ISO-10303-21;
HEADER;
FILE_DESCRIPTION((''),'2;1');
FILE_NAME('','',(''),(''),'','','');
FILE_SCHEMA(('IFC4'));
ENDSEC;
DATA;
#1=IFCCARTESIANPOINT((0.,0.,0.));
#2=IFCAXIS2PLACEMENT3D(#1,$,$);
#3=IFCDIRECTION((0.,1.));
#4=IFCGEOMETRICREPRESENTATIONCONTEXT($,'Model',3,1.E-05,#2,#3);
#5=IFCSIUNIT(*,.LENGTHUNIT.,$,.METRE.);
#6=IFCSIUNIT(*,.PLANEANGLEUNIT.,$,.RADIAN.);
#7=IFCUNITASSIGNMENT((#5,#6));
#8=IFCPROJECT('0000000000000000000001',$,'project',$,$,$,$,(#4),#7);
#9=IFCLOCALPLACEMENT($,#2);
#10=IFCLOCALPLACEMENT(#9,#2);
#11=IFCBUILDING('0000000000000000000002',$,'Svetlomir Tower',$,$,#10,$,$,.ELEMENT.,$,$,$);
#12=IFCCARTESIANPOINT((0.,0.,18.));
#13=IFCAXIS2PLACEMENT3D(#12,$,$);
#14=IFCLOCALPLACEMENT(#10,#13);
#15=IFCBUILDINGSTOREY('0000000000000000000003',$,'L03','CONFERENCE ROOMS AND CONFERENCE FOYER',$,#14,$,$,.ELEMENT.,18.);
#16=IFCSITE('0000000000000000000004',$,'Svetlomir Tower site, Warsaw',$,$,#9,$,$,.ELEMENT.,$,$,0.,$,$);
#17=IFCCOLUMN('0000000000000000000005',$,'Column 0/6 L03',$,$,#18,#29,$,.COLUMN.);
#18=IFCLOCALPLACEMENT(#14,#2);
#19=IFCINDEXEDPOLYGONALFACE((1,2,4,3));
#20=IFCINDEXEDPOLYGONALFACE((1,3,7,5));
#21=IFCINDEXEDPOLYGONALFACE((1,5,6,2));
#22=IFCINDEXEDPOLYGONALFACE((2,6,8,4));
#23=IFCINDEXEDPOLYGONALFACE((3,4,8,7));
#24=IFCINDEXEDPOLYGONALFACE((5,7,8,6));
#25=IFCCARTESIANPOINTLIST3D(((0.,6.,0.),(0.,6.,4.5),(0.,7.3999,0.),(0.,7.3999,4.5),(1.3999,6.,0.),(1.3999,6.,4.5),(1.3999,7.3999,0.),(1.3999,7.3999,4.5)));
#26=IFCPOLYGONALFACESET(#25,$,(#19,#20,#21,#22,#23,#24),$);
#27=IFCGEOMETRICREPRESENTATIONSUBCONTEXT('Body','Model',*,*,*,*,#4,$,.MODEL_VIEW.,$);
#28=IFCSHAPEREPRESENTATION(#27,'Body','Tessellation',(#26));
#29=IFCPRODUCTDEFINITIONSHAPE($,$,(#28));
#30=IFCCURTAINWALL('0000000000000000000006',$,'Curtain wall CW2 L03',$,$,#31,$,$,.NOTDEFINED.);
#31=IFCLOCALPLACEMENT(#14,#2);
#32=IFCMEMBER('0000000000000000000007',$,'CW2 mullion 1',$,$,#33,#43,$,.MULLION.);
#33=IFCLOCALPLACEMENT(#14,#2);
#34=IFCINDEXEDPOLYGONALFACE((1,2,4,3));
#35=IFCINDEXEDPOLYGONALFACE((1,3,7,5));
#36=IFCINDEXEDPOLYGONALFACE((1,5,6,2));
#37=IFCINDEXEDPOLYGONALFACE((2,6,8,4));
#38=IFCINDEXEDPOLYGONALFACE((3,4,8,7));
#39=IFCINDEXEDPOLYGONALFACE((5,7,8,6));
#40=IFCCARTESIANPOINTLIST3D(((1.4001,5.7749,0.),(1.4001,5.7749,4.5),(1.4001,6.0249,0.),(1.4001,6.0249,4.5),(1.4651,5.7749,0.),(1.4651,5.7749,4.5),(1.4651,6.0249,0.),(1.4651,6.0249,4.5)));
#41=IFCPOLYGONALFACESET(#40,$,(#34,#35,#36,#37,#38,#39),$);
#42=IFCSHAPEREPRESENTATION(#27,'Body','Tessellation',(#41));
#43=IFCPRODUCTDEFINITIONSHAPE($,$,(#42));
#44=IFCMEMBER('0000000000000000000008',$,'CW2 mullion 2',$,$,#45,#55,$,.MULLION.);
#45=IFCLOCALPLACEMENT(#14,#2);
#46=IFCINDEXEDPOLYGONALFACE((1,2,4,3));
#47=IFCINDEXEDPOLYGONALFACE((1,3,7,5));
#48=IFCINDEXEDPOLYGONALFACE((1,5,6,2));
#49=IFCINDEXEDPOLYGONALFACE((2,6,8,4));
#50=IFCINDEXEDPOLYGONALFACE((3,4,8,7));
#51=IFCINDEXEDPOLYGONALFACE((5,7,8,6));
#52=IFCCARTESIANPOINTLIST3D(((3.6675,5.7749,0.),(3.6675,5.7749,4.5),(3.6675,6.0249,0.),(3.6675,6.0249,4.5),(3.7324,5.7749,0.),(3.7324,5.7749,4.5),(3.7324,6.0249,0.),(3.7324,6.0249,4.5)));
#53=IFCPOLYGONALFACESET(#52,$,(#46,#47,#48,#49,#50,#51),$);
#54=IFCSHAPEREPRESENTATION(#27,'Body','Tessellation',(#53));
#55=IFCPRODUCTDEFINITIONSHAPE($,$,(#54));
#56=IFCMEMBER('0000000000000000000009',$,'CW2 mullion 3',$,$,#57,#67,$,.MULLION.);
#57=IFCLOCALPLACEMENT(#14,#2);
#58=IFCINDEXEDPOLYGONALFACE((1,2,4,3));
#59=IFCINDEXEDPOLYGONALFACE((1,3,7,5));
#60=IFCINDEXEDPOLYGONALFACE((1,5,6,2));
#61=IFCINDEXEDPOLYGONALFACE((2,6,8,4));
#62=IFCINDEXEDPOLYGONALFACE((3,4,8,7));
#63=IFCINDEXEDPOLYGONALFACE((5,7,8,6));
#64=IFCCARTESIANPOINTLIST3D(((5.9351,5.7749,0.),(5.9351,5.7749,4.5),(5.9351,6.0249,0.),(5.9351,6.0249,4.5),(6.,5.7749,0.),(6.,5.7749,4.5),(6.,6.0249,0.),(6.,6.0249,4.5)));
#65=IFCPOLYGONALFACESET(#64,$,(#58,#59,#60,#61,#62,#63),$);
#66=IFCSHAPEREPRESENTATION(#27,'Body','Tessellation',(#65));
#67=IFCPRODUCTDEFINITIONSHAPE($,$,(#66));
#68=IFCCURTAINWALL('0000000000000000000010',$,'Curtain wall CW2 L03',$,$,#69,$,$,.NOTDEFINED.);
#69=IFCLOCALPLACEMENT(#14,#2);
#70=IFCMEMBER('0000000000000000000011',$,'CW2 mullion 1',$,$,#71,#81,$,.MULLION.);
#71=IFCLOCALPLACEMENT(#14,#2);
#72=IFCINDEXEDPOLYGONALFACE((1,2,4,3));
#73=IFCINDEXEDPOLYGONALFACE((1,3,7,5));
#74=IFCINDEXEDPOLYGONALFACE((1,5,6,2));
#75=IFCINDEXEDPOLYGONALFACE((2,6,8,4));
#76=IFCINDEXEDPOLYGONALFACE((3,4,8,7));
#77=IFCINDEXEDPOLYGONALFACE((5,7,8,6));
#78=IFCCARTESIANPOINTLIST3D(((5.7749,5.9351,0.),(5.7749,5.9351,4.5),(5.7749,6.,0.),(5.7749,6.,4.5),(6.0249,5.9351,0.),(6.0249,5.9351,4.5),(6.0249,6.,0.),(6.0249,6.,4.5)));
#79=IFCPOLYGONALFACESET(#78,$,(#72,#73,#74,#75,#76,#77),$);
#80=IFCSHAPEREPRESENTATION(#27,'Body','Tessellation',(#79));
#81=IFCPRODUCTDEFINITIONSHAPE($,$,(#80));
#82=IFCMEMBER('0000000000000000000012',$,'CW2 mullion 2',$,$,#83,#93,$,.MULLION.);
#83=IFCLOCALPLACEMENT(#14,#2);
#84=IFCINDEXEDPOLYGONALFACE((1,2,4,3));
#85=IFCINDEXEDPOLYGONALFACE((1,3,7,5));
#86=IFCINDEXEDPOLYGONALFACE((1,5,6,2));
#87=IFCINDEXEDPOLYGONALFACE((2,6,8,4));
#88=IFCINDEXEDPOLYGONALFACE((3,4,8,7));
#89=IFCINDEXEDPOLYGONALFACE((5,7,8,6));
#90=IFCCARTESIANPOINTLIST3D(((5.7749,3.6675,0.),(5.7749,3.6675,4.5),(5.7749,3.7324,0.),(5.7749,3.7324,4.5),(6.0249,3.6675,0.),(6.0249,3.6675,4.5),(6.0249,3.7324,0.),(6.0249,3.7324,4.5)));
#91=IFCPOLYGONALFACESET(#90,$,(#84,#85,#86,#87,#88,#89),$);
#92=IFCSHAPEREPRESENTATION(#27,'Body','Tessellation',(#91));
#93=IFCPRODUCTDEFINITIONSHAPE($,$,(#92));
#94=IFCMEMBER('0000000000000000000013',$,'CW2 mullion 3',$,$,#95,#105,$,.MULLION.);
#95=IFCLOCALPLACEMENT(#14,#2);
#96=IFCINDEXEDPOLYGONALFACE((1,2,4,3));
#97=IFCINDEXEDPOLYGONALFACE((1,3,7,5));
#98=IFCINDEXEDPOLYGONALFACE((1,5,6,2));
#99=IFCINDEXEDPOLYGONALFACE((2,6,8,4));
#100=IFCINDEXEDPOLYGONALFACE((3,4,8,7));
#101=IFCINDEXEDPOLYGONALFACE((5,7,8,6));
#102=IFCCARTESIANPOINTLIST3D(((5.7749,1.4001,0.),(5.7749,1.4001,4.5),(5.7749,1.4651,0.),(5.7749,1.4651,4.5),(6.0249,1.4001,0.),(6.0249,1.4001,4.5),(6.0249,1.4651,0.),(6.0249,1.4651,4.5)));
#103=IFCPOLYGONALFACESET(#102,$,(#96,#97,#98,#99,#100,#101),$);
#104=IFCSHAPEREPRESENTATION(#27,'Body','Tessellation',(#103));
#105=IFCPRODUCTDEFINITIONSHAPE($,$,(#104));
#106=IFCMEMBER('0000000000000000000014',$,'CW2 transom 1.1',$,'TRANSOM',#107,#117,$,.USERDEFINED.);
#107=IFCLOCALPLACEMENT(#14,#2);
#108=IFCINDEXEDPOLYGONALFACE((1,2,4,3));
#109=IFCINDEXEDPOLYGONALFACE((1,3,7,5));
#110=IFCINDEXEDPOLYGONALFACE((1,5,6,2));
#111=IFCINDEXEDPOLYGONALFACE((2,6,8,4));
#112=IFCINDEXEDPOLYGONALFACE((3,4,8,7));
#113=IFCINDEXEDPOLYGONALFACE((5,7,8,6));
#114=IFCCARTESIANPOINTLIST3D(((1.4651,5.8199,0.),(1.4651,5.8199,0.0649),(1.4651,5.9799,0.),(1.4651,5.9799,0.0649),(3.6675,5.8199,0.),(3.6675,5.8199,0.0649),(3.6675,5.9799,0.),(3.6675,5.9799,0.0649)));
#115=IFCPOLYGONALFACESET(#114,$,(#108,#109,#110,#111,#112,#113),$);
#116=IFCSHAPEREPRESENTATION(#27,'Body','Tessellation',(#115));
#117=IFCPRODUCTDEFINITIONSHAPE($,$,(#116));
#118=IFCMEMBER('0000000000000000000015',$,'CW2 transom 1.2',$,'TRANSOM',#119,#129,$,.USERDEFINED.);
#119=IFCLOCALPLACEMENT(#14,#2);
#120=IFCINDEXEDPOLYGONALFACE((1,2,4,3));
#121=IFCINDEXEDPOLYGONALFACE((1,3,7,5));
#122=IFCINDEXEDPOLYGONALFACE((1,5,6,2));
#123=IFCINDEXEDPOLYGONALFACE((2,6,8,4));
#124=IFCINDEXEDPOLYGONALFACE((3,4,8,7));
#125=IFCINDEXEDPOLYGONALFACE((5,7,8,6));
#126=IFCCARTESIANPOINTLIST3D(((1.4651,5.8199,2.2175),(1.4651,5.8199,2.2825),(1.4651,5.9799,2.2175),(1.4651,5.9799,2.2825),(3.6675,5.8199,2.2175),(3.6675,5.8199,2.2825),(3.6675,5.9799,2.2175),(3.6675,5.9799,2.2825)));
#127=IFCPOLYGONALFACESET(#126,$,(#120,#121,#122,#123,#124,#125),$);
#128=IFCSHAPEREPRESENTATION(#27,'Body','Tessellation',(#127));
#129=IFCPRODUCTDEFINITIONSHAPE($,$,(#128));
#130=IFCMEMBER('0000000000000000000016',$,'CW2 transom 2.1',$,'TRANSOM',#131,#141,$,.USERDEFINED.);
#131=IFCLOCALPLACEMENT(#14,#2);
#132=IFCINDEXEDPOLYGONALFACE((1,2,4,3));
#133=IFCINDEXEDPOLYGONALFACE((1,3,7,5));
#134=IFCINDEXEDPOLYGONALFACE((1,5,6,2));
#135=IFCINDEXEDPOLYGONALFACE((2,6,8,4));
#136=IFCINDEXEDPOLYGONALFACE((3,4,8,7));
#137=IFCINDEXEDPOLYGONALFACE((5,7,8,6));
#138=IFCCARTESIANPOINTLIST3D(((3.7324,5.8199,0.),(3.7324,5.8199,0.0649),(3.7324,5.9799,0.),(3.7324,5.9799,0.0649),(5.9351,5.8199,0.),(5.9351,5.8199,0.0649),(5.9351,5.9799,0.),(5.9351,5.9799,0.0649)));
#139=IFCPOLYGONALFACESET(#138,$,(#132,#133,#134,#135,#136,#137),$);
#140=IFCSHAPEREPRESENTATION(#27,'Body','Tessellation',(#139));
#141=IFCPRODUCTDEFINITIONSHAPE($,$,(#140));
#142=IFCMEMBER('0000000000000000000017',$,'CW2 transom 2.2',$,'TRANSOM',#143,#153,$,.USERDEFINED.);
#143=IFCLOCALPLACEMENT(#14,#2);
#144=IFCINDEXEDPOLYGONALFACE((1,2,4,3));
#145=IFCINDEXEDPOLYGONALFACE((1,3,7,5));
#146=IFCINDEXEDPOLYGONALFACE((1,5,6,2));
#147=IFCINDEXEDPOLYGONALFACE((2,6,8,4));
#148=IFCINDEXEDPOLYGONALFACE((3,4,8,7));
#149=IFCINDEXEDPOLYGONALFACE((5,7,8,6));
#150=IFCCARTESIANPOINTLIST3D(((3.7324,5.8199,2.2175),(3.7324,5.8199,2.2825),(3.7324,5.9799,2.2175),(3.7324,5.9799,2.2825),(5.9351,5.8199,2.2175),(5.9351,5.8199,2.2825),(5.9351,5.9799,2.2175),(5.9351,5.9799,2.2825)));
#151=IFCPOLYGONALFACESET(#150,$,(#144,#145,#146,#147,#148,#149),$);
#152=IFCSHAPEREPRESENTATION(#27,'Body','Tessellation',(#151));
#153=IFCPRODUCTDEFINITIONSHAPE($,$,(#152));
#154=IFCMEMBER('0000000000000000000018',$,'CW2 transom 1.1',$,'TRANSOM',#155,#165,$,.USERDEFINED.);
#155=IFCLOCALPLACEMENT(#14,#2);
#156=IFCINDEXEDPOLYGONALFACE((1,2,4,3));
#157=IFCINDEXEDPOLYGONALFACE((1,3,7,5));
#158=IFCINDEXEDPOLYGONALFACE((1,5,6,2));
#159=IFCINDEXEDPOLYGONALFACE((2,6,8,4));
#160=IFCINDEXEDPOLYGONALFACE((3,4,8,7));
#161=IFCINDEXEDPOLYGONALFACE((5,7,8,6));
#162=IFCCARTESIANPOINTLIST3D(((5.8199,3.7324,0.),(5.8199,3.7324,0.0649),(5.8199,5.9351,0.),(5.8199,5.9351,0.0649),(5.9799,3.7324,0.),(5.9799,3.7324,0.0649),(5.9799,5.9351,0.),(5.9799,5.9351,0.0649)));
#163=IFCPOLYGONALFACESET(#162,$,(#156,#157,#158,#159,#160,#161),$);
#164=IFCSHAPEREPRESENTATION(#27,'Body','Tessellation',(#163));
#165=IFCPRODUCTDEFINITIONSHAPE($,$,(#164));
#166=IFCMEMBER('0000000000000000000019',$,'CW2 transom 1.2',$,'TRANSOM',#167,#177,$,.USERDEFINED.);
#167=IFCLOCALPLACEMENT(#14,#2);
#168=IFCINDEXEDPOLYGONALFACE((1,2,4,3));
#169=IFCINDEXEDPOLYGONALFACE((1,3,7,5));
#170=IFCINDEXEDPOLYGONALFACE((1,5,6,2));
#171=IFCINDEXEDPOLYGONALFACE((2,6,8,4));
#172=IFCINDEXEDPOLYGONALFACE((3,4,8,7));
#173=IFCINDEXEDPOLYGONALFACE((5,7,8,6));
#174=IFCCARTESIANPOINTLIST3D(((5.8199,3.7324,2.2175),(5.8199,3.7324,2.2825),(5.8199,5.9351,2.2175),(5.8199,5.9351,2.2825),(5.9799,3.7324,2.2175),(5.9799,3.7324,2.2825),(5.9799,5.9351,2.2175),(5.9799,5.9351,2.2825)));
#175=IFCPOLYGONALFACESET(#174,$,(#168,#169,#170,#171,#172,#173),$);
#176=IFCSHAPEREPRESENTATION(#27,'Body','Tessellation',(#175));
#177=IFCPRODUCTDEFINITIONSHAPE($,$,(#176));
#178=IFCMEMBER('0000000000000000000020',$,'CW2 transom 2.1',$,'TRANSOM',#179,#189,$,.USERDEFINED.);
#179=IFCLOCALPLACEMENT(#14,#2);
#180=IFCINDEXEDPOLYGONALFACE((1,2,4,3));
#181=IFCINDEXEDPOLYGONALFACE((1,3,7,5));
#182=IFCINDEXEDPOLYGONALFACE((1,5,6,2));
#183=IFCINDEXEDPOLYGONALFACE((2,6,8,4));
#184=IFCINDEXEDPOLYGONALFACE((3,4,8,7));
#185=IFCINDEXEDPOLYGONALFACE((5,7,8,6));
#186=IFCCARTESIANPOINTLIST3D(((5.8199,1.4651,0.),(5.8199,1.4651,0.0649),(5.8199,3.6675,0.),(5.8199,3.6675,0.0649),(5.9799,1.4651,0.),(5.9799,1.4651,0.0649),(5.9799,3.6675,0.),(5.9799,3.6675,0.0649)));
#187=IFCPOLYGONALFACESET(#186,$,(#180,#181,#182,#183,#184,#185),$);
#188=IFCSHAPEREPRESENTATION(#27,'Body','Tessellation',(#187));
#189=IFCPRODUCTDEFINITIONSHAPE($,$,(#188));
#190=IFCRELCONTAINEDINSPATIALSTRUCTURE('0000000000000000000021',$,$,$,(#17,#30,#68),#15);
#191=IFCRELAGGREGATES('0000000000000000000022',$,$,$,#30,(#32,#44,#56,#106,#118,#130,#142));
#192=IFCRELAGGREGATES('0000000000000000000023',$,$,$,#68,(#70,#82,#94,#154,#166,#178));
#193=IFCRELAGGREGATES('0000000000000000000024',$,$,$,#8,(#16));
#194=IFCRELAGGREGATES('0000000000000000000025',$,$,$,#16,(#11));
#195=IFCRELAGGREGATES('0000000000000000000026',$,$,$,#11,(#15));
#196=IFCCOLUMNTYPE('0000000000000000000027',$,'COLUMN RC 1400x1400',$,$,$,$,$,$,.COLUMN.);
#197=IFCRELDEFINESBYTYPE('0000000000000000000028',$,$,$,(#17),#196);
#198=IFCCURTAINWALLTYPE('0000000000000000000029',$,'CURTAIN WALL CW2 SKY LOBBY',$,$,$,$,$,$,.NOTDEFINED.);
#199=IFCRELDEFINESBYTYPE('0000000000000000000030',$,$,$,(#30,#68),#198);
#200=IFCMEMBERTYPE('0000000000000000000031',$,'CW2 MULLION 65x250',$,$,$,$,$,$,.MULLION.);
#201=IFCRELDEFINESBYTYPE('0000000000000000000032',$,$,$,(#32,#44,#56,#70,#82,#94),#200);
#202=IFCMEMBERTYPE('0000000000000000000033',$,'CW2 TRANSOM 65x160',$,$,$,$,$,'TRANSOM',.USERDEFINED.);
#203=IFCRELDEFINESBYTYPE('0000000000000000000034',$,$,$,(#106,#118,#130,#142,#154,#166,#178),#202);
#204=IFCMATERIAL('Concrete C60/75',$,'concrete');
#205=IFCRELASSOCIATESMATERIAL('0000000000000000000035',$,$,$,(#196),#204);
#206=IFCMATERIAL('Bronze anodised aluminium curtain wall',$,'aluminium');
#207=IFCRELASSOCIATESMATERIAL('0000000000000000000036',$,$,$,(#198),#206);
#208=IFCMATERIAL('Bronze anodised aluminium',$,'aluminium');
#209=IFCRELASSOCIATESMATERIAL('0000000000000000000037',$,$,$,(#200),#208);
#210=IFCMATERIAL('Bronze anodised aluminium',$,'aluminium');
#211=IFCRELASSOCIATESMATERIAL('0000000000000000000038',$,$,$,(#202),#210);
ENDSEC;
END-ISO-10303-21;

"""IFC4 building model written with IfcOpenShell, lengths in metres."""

from ifc_helpers import new_model, si_unit, direction, frame, origin, origin_2d, place, context, subcontext, project, spatial, rectangle, extrude, material, material_profile, profile_set, type_object, element, aggregate, save


model = new_model("IFC4")

# Units and contexts
model_context = context("Model", 3, precision=1e-05, world=origin(), true_north=direction((0.0, 1.0)))
body_context = subcontext(model_context, "Body", "Model", "MODEL_VIEW")
ifc_project = project(units=[si_unit("LENGTHUNIT", "METRE"), si_unit("PLANEANGLEUNIT", "RADIAN")], contexts=[model_context])

# Site, building, storey
site_placement = place(None, origin())
site = spatial("IfcSite", under=ifc_project, at=site_placement, Name="Svetlomir Tower site, Warsaw", CompositionType="ELEMENT", RefElevation=0.0)
building_placement = place(site_placement, origin())
building = spatial("IfcBuilding", under=site, at=building_placement, Name="Svetlomir Tower", CompositionType="ELEMENT")
storey_placement = place(building_placement, frame((0.0, 0.0, 18.0)))
storey = spatial("IfcBuildingStorey", under=building, at=storey_placement, Name="L03", Description="CONFERENCE ROOMS AND CONFERENCE FOYER", CompositionType="ELEMENT", Elevation=18.0)

# Column
ifc_material_1 = material(Name="Concrete C60/75", Category="concrete")
ifc_material_profile_1 = material_profile(ifc_material_1, rectangle(XDim=1.3999, YDim=1.3999, at=origin_2d()), Name="RC 1400x1400")
ifc_profile_set_1 = profile_set([ifc_material_profile_1], Name="Concrete C60/75")
column_type = type_object("IfcColumnType", Name="COLUMN RC 1400x1400", PredefinedType="COLUMN", material=ifc_profile_set_1)
column_placement = place(storey_placement, frame((0.7, 6.7, 0.0), z_axis=(0.0, 0.0, 1.0), x_axis=(1.0, 0.0, 0.0)))
element("IfcColumn", 1, at=column_placement, inside=storey, type_object=column_type, Name="Column 0/6 L03", PredefinedType="COLUMN", context=body_context, shape_type="SweptSolid", body=[
    extrude(rectangle(XDim=1.3999, YDim=1.3999, at=origin_2d()), origin(), (0.0, 0.0, 1.0), 4.5),
])

# Curtain walls, members
ifc_material_2 = material(Name="Bronze anodised aluminium curtain wall", Category="aluminium")
curtain_wall_type = type_object("IfcCurtainWallType", Name="CURTAIN WALL CW2 SKY LOBBY", PredefinedType="NOTDEFINED", material=ifc_material_2)
curtain_wall_1_placement = place(storey_placement, origin())
curtain_wall_1 = element("IfcCurtainWall", 2, at=curtain_wall_1_placement, inside=storey, type_object=curtain_wall_type, Name="Curtain wall CW2 L03", PredefinedType="NOTDEFINED")
ifc_material_3 = material(Name="Bronze anodised aluminium", Category="aluminium")
ifc_material_profile_2 = material_profile(ifc_material_3, rectangle(XDim=0.0649, YDim=0.25, at=origin_2d()), Name="AL 65x250")
ifc_profile_set_2 = profile_set([ifc_material_profile_2], Name="Bronze anodised aluminium 6063-T6")
member_type_1 = type_object("IfcMemberType", Name="CW2 MULLION 65x250", PredefinedType="MULLION", material=ifc_profile_set_2)
member_1_placement = place(storey_placement, frame((1.4326, 5.8999, 0.0), z_axis=(0.0, 0.0, 1.0), x_axis=(1.0, 0.0, 0.0)))
member_1 = element("IfcMember", 3, at=member_1_placement, type_object=member_type_1, Name="CW2 mullion 1", PredefinedType="MULLION", context=body_context, shape_type="SweptSolid", body=[
    extrude(rectangle(XDim=0.0649, YDim=0.25, at=origin_2d()), origin(), (0.0, 0.0, 1.0), 4.5),
])
member_2_placement = place(storey_placement, frame((3.7, 5.8999, 0.0), z_axis=(0.0, 0.0, 1.0), x_axis=(1.0, 0.0, 0.0)))
member_2 = element("IfcMember", 4, at=member_2_placement, type_object=member_type_1, Name="CW2 mullion 2", PredefinedType="MULLION", context=body_context, shape_type="SweptSolid", body=[
    extrude(rectangle(XDim=0.0649, YDim=0.25, at=origin_2d()), origin(), (0.0, 0.0, 1.0), 4.5),
])
member_3_placement = place(storey_placement, frame((5.9675, 5.8999, 0.0), z_axis=(0.0, 0.0, 1.0), x_axis=(1.0, 0.0, 0.0)))
member_3 = element("IfcMember", 5, at=member_3_placement, type_object=member_type_1, Name="CW2 mullion 3", PredefinedType="MULLION", context=body_context, shape_type="SweptSolid", body=[
    extrude(rectangle(XDim=0.0649, YDim=0.25, at=origin_2d()), origin(), (0.0, 0.0, 1.0), 4.5),
])
curtain_wall_2_placement = place(storey_placement, origin())
curtain_wall_2 = element("IfcCurtainWall", 6, at=curtain_wall_2_placement, inside=storey, type_object=curtain_wall_type, Name="Curtain wall CW2 L03", PredefinedType="NOTDEFINED")
member_4_placement = place(storey_placement, frame((5.8999, 5.9675, 0.0), z_axis=(0.0, 0.0, 1.0), x_axis=(0.0, -1.0, 0.0)))
member_4 = element("IfcMember", 7, at=member_4_placement, type_object=member_type_1, Name="CW2 mullion 1", PredefinedType="MULLION", context=body_context, shape_type="SweptSolid", body=[
    extrude(rectangle(XDim=0.0649, YDim=0.25, at=origin_2d()), origin(), (0.0, 0.0, 1.0), 4.5),
])
member_5_placement = place(storey_placement, frame((5.8999, 3.7, 0.0), z_axis=(0.0, 0.0, 1.0), x_axis=(0.0, -1.0, 0.0)))
member_5 = element("IfcMember", 8, at=member_5_placement, type_object=member_type_1, Name="CW2 mullion 2", PredefinedType="MULLION", context=body_context, shape_type="SweptSolid", body=[
    extrude(rectangle(XDim=0.0649, YDim=0.25, at=origin_2d()), origin(), (0.0, 0.0, 1.0), 4.5),
])
member_6_placement = place(storey_placement, frame((5.8999, 1.4326, 0.0), z_axis=(0.0, 0.0, 1.0), x_axis=(0.0, -1.0, 0.0)))
member_6 = element("IfcMember", 9, at=member_6_placement, type_object=member_type_1, Name="CW2 mullion 3", PredefinedType="MULLION", context=body_context, shape_type="SweptSolid", body=[
    extrude(rectangle(XDim=0.0649, YDim=0.25, at=origin_2d()), origin(), (0.0, 0.0, 1.0), 4.5),
])

# Members
ifc_material_4 = material(Name="Bronze anodised aluminium", Category="aluminium")
ifc_material_profile_3 = material_profile(ifc_material_4, rectangle(XDim=0.1599, YDim=0.0649, at=origin_2d()), Name="AL 160x65")
ifc_profile_set_3 = profile_set([ifc_material_profile_3], Name="Bronze anodised aluminium 6063-T6")
member_type_2 = type_object("IfcMemberType", Name="CW2 TRANSOM 65x160", ElementType="TRANSOM", PredefinedType="USERDEFINED", material=ifc_profile_set_3)
member_7_placement = place(storey_placement, frame((1.4651, 5.8999, 0.0325), z_axis=(1.0, 0.0, 0.0), x_axis=(0.0, 1.0, 0.0)))
member_7 = element("IfcMember", 10, at=member_7_placement, type_object=member_type_2, Name="CW2 transom 1.1", ObjectType="TRANSOM", PredefinedType="USERDEFINED", context=body_context, shape_type="SweptSolid", body=[
    extrude(rectangle(XDim=0.1599, YDim=0.0649, at=origin_2d()), origin(), (0.0, 0.0, 1.0), 2.2024),
])
member_8_placement = place(storey_placement, frame((1.4651, 5.8999, 2.25), z_axis=(1.0, 0.0, 0.0), x_axis=(0.0, 1.0, 0.0)))
member_8 = element("IfcMember", 11, at=member_8_placement, type_object=member_type_2, Name="CW2 transom 1.2", ObjectType="TRANSOM", PredefinedType="USERDEFINED", context=body_context, shape_type="SweptSolid", body=[
    extrude(rectangle(XDim=0.1599, YDim=0.0649, at=origin_2d()), origin(), (0.0, 0.0, 1.0), 2.2024),
])
member_9_placement = place(storey_placement, frame((3.7324, 5.8999, 0.0325), z_axis=(1.0, 0.0, 0.0), x_axis=(0.0, 1.0, 0.0)))
member_9 = element("IfcMember", 12, at=member_9_placement, type_object=member_type_2, Name="CW2 transom 2.1", ObjectType="TRANSOM", PredefinedType="USERDEFINED", context=body_context, shape_type="SweptSolid", body=[
    extrude(rectangle(XDim=0.1599, YDim=0.0649, at=origin_2d()), origin(), (0.0, 0.0, 1.0), 2.2026),
])
member_10_placement = place(storey_placement, frame((3.7324, 5.8999, 2.25), z_axis=(1.0, 0.0, 0.0), x_axis=(0.0, 1.0, 0.0)))
member_10 = element("IfcMember", 13, at=member_10_placement, type_object=member_type_2, Name="CW2 transom 2.2", ObjectType="TRANSOM", PredefinedType="USERDEFINED", context=body_context, shape_type="SweptSolid", body=[
    extrude(rectangle(XDim=0.1599, YDim=0.0649, at=origin_2d()), origin(), (0.0, 0.0, 1.0), 2.2026),
])
member_11_placement = place(storey_placement, frame((5.8999, 5.9351, 0.0325), z_axis=(0.0, -1.0, 0.0), x_axis=(1.0, 0.0, 0.0)))
member_11 = element("IfcMember", 14, at=member_11_placement, type_object=member_type_2, Name="CW2 transom 1.1", ObjectType="TRANSOM", PredefinedType="USERDEFINED", context=body_context, shape_type="SweptSolid", body=[
    extrude(rectangle(XDim=0.1599, YDim=0.0649, at=origin_2d()), origin(), (0.0, 0.0, 1.0), 2.2026),
])
member_12_placement = place(storey_placement, frame((5.8999, 5.9351, 2.25), z_axis=(0.0, -1.0, 0.0), x_axis=(1.0, 0.0, 0.0)))
member_12 = element("IfcMember", 15, at=member_12_placement, type_object=member_type_2, Name="CW2 transom 1.2", ObjectType="TRANSOM", PredefinedType="USERDEFINED", context=body_context, shape_type="SweptSolid", body=[
    extrude(rectangle(XDim=0.1599, YDim=0.0649, at=origin_2d()), origin(), (0.0, 0.0, 1.0), 2.2026),
])
member_13_placement = place(storey_placement, frame((5.8999, 3.6675, 0.0325), z_axis=(0.0, -1.0, 0.0), x_axis=(1.0, 0.0, 0.0)))
member_13 = element("IfcMember", 16, at=member_13_placement, type_object=member_type_2, Name="CW2 transom 2.1", ObjectType="TRANSOM", PredefinedType="USERDEFINED", context=body_context, shape_type="SweptSolid", body=[
    extrude(rectangle(XDim=0.1599, YDim=0.0649, at=origin_2d()), origin(), (0.0, 0.0, 1.0), 2.2024),
])

aggregate(curtain_wall_1, [member_1, member_2, member_3, member_7, member_8, member_9, member_10])
aggregate(curtain_wall_2, [member_4, member_5, member_6, member_11, member_12, member_13])

save(model, "model.ifc")
